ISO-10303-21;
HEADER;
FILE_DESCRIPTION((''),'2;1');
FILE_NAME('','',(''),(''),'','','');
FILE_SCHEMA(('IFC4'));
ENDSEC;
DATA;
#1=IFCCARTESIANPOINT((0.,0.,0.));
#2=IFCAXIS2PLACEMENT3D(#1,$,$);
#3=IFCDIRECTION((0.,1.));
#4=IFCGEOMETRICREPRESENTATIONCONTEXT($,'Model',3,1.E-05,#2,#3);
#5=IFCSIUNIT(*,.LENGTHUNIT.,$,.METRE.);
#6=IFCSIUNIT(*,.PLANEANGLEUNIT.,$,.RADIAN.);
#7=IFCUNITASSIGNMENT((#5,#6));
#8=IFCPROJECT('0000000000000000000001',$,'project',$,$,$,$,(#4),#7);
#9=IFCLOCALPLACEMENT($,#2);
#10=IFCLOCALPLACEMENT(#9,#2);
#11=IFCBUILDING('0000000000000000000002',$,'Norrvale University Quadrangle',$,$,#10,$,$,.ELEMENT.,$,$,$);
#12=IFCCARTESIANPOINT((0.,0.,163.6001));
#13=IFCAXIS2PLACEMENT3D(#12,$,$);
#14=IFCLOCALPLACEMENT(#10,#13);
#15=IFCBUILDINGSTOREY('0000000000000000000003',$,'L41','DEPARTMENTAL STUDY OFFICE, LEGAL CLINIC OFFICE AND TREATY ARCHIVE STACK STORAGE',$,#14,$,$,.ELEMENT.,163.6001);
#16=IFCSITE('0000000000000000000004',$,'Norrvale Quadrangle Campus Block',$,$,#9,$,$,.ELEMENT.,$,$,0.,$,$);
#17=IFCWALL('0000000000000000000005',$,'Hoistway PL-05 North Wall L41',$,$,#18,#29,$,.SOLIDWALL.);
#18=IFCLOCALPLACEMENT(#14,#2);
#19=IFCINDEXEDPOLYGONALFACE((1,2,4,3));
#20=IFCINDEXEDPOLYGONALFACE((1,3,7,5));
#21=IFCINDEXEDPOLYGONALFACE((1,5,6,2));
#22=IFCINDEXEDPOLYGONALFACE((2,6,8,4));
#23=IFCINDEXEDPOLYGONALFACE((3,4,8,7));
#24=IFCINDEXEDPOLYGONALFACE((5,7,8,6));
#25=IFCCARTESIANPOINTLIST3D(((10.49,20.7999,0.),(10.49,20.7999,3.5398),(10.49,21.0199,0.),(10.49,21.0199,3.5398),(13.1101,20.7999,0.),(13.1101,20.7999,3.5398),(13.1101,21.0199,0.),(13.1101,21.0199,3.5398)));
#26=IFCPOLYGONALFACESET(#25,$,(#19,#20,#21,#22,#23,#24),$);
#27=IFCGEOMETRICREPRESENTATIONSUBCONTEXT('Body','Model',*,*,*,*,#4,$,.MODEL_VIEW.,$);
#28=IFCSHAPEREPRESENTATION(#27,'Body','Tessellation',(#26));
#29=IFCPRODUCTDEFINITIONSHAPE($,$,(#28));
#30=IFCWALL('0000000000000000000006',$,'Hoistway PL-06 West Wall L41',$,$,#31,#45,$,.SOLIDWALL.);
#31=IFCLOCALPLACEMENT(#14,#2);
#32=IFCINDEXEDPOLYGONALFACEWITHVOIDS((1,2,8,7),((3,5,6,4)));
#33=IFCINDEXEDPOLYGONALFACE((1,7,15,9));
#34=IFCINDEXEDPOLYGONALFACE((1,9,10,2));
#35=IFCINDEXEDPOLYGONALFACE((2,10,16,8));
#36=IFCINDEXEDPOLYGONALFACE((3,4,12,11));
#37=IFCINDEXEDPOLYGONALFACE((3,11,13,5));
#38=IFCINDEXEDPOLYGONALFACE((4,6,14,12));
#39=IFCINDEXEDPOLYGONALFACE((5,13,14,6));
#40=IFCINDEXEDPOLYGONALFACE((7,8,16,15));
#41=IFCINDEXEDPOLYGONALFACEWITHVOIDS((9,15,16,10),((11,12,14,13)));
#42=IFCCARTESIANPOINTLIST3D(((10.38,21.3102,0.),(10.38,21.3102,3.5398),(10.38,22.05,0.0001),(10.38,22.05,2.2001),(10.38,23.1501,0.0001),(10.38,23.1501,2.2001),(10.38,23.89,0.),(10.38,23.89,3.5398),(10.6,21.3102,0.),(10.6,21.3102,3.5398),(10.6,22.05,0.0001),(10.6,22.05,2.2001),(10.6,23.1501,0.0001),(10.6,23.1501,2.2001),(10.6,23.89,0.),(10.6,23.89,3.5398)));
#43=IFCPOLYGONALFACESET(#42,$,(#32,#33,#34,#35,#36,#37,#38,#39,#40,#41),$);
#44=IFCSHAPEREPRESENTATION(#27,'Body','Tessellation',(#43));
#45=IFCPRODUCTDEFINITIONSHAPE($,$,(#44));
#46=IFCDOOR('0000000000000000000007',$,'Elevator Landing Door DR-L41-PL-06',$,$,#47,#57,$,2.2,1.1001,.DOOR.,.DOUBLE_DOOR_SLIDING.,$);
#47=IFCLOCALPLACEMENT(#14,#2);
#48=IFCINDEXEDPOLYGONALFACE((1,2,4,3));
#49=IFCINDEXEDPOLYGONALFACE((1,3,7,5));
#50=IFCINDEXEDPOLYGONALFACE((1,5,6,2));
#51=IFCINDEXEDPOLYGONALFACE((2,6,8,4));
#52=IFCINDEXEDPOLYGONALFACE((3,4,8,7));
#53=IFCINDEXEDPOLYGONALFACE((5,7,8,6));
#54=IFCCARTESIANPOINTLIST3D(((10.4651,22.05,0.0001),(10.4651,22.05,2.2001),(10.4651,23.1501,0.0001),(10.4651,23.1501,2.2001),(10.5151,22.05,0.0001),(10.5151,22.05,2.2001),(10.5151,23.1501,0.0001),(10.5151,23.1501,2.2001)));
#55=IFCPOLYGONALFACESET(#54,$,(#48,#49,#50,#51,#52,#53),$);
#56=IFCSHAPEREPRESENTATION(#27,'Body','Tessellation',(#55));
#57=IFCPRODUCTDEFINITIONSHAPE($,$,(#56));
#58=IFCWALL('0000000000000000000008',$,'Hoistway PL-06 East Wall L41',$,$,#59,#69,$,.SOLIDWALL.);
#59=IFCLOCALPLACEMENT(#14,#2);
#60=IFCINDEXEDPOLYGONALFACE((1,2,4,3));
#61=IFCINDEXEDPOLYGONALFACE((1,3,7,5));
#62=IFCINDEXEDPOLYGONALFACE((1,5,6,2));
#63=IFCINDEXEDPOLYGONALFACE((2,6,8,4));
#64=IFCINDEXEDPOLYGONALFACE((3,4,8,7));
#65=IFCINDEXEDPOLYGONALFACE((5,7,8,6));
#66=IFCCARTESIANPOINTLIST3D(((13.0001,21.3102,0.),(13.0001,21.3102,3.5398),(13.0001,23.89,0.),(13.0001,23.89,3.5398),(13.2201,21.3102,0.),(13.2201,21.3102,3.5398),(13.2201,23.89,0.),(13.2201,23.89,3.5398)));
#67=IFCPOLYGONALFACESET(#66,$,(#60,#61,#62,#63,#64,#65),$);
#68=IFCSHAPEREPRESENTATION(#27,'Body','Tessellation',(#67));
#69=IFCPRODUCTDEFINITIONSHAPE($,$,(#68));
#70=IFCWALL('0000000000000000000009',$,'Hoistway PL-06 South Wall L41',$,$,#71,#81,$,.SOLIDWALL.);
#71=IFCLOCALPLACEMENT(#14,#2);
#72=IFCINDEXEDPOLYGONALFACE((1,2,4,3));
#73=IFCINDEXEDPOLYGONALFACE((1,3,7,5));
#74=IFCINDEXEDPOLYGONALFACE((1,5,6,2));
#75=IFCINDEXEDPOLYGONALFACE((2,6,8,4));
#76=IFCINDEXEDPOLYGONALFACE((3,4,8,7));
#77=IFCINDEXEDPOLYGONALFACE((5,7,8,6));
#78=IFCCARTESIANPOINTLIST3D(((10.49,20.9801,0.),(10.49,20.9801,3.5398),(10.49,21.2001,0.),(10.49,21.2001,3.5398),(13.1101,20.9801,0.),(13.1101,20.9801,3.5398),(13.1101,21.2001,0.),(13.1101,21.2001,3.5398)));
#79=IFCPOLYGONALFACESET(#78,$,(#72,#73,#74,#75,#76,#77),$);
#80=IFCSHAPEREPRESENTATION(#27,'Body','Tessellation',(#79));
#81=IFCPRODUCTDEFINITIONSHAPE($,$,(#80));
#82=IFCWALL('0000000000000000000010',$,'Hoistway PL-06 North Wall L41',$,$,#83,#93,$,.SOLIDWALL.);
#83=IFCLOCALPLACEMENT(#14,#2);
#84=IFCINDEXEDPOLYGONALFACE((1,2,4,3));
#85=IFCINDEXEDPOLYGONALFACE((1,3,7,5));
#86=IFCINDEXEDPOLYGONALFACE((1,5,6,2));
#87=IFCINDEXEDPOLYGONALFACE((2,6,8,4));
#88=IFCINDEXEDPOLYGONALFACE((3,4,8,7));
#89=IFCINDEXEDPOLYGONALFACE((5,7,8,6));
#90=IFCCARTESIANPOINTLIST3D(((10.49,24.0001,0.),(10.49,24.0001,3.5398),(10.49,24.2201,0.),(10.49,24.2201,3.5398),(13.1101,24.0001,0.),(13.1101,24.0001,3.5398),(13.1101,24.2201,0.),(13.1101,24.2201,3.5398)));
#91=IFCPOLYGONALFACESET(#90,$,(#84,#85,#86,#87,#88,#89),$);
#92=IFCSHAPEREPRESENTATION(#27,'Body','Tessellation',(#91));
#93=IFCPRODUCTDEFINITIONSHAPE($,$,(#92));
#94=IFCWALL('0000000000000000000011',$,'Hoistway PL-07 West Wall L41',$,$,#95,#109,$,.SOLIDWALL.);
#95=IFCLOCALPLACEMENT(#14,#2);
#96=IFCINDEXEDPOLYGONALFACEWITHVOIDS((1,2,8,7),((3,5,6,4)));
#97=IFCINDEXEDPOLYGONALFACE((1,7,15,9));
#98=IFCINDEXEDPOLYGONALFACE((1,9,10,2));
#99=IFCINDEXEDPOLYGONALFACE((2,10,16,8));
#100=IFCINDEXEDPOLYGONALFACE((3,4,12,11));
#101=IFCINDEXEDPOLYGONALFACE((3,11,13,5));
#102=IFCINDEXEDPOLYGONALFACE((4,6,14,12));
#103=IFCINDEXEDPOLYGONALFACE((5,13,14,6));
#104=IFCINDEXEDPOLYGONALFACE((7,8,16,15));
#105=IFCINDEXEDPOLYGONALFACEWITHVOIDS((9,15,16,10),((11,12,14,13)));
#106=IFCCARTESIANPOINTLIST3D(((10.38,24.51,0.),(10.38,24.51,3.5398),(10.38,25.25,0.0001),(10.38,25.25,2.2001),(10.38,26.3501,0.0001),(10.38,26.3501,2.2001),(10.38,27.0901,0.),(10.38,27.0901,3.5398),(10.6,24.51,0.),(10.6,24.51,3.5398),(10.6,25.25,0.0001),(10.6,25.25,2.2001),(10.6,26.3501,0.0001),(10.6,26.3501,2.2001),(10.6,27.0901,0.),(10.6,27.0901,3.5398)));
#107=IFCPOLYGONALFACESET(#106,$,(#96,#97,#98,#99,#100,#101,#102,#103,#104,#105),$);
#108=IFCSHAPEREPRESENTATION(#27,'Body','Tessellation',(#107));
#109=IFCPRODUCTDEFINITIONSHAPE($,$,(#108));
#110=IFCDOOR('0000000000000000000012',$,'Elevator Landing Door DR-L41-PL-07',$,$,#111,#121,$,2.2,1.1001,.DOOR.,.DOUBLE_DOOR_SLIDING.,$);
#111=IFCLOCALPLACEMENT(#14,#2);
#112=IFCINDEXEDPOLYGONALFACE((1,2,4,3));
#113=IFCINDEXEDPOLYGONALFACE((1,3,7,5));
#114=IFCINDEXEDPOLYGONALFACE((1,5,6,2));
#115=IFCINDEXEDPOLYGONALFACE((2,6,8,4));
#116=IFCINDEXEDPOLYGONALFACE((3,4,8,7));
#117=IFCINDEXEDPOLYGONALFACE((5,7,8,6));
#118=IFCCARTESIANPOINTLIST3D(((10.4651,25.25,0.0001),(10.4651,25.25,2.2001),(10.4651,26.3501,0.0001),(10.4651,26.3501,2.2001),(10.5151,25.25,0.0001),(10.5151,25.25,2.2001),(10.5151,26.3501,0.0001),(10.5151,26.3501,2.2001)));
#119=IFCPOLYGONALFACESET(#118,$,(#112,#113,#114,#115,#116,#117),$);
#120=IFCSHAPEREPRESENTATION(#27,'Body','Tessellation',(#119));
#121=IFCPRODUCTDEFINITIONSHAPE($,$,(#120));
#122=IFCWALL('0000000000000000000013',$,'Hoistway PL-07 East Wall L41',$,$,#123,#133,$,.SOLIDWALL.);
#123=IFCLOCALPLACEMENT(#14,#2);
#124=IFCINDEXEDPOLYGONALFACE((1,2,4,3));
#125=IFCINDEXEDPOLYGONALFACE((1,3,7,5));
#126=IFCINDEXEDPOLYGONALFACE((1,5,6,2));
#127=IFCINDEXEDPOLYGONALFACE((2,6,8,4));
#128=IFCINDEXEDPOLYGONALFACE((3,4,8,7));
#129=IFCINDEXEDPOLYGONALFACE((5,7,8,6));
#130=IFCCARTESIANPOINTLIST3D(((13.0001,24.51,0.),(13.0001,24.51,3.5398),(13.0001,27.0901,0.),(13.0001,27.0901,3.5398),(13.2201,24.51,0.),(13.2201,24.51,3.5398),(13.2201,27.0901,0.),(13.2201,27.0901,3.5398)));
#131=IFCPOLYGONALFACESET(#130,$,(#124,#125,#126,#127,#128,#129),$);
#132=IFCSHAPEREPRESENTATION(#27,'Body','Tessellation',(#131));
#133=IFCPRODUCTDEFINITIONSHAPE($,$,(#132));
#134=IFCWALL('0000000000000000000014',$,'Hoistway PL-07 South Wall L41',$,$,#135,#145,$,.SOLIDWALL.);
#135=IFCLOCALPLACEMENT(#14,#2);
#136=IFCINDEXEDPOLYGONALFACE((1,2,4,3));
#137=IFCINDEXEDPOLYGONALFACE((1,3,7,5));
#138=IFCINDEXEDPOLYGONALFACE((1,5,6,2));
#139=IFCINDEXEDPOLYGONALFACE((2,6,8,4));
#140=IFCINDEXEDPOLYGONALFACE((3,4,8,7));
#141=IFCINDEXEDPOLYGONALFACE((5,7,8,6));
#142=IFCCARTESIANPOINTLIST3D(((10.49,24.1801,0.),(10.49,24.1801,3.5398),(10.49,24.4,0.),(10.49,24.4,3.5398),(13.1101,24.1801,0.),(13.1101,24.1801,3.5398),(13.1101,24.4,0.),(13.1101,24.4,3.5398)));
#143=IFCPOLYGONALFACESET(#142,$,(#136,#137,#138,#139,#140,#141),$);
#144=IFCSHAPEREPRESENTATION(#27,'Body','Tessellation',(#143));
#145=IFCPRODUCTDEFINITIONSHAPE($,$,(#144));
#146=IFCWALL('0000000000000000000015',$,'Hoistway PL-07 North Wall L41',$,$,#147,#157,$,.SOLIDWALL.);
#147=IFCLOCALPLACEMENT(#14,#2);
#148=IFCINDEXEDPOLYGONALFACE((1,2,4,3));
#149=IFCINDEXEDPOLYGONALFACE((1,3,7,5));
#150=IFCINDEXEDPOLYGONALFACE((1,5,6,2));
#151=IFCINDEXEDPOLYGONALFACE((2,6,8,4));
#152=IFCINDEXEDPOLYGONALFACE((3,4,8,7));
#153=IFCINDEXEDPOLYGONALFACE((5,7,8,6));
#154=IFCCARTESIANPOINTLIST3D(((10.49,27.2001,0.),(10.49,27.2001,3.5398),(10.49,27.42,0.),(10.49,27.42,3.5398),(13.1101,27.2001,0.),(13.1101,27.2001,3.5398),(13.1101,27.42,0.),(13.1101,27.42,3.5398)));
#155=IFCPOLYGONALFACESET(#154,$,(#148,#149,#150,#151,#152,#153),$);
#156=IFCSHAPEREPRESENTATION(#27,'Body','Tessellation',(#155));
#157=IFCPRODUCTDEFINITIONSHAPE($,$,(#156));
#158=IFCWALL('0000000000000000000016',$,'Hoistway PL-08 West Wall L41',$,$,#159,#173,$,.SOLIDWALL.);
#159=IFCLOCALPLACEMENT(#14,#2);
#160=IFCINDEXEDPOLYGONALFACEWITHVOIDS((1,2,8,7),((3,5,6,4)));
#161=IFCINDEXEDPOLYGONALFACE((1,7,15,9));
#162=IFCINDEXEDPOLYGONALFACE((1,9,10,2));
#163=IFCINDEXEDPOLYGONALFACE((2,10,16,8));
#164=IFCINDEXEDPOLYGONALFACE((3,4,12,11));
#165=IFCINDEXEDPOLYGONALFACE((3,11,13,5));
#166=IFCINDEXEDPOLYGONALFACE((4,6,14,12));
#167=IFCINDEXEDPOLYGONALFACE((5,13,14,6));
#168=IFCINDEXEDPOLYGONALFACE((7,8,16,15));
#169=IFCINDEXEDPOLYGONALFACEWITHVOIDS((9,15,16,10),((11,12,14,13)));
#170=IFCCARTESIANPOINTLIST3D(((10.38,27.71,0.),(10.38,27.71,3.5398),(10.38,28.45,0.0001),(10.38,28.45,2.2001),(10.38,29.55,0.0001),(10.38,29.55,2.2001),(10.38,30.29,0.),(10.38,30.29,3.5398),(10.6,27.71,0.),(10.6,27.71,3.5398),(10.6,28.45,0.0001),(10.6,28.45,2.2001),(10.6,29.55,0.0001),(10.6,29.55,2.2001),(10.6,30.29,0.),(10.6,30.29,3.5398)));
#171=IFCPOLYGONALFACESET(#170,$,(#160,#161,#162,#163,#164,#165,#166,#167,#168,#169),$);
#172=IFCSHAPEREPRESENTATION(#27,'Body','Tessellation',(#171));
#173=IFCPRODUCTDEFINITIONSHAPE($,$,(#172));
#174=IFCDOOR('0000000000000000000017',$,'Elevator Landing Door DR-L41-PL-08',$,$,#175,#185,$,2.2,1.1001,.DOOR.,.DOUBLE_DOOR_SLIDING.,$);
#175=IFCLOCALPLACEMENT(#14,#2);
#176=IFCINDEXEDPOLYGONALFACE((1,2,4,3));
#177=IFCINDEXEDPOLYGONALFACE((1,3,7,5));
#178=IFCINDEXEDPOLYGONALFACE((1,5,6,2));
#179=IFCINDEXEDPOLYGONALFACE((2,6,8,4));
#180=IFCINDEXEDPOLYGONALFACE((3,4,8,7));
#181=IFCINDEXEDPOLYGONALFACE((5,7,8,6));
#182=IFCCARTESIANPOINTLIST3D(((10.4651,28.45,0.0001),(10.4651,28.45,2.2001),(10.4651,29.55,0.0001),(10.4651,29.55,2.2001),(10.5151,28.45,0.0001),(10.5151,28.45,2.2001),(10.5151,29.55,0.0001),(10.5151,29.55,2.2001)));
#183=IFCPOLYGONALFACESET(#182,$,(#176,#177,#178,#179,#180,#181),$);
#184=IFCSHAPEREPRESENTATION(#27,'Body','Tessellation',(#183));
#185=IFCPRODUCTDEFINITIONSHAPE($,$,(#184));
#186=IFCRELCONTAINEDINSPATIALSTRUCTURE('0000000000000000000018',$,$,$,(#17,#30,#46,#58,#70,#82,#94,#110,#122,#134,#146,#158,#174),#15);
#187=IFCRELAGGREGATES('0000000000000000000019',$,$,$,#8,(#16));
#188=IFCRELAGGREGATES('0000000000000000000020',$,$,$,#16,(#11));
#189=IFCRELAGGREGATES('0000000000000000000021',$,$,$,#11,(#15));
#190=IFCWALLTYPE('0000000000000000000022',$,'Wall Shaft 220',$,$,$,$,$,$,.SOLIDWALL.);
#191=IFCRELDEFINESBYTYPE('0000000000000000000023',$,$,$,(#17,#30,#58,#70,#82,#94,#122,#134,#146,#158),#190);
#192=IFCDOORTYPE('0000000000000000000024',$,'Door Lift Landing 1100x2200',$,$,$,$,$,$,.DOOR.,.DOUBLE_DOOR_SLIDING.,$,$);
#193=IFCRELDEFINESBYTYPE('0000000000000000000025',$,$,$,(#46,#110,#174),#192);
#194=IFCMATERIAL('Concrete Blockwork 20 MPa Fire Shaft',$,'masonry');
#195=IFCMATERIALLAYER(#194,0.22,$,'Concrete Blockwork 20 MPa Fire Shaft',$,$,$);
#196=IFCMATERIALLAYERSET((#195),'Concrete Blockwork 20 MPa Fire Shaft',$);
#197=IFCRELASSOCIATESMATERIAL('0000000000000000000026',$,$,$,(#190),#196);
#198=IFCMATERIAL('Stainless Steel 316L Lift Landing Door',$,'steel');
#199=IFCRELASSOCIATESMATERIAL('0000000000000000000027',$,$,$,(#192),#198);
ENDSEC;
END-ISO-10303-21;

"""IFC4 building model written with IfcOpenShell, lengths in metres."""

from ifc_helpers import new_model, si_unit, direction, frame, frame_2d, origin, place, context, subcontext, project, spatial, rectangle, extrude, material, layer, layer_set, type_object, element, fill, save


model = new_model("IFC4")

# Units and contexts
model_context = context("Model", 3, precision=1e-05, world=origin(), true_north=direction((0.0, 1.0)))
body_context = subcontext(model_context, "Body", "Model", "MODEL_VIEW")
ifc_project = project(units=[si_unit("LENGTHUNIT", "METRE"), si_unit("PLANEANGLEUNIT", "RADIAN")], contexts=[model_context])

# Site, building, storey
site_placement = place(None, origin())
site = spatial("IfcSite", under=ifc_project, at=site_placement, Name="Norrvale Quadrangle Campus Block", CompositionType="ELEMENT", RefElevation=0.0)
building_placement = place(site_placement, origin())
building = spatial("IfcBuilding", under=site, at=building_placement, Name="Norrvale University Quadrangle", CompositionType="ELEMENT")
storey_placement = place(building_placement, frame((0.0, 0.0, 163.6001)))
storey = spatial("IfcBuildingStorey", under=building, at=storey_placement, Name="L41", Description="DEPARTMENTAL STUDY OFFICE, LEGAL CLINIC OFFICE AND TREATY ARCHIVE STACK STORAGE", CompositionType="ELEMENT", Elevation=163.6001)

# Wall
ifc_material_1 = material(Name="Concrete Blockwork 20 MPa Fire Shaft", Category="masonry")
ifc_layer_1 = layer(ifc_material_1, 0.22, Name="Concrete Blockwork 20 MPa Fire Shaft")
ifc_layer_set_1 = layer_set([ifc_layer_1], Name="Concrete Blockwork 20 MPa Fire Shaft")
wall_type_1 = type_object("IfcWallType", Name="Wall Shaft 220", PredefinedType="SOLIDWALL", material=ifc_layer_set_1)
wall_1_placement = place(storey_placement, frame((10.49, 20.9099, 0.0), z_axis=(0.0, 0.0, 1.0), x_axis=(1.0, 0.0, 0.0)))
element("IfcWall", 1, at=wall_1_placement, inside=storey, type_object=wall_type_1, Name="Hoistway PL-05 North Wall L41", PredefinedType="SOLIDWALL", context=body_context, shape_type="SweptSolid", body=[
    extrude(rectangle(XDim=2.6201, YDim=0.22, at=frame_2d((1.3101, 0.0))), origin(), (0.0, 0.0, 1.0), 3.5398),
])

# Wall, opening, door
wall_2_placement = place(storey_placement, frame((10.49, 21.3101, 0.0), z_axis=(0.0, 0.0, 1.0), x_axis=(0.0, 1.0, 0.0)))
wall_2 = element("IfcWall", 2, at=wall_2_placement, inside=storey, type_object=wall_type_1, Name="Hoistway PL-06 West Wall L41", PredefinedType="SOLIDWALL", context=body_context, shape_type="SweptSolid", body=[
    extrude(rectangle(XDim=2.5798, YDim=0.22, at=frame_2d((1.29, 0.0))), origin(), (0.0, 0.0, 1.0), 3.5398),
])
opening_1_placement = place(wall_2_placement, frame((0.74, 0.0, 0.0)))
opening_1 = element("IfcOpeningElement", 3, at=opening_1_placement, cuts=wall_2, PredefinedType="OPENING", context=body_context, shape_type="SweptSolid", body=[
    extrude(rectangle(XDim=1.1001, YDim=2.2, at=frame_2d((0.55, 1.1001))), frame((0.0, 0.1221, 0.0), z_axis=(0.0, -1.0, 0.0), x_axis=(1.0, 0.0, 0.0)), (0.0, 0.0, 1.0), 0.2439),
])
ifc_material_2 = material(Name="Stainless Steel 316L Lift Landing Door", Category="steel")
door_type_1 = type_object("IfcDoorType", Name="Door Lift Landing 1100x2200", OperationType="DOUBLE_DOOR_SLIDING", PredefinedType="DOOR", material=ifc_material_2)
door_1_placement = place(opening_1_placement, origin())
door_1 = element("IfcDoor", 4, at=door_1_placement, inside=storey, type_object=door_type_1, Name="Elevator Landing Door DR-L41-PL-06", OperationType="DOUBLE_DOOR_SLIDING", OverallHeight=2.2, OverallWidth=1.1001, PredefinedType="DOOR", context=body_context, shape_type="SweptSolid", body=[
    extrude(rectangle(XDim=1.1001, YDim=2.2, at=frame_2d((0.55, 1.1001))), frame((0.0, 0.0249, 0.0), z_axis=(0.0, -1.0, 0.0), x_axis=(1.0, 0.0, 0.0)), (0.0, 0.0, 1.0), 0.05),
])
fill(opening_1, door_1)

# Walls
wall_3_placement = place(storey_placement, frame((13.1101, 21.3101, 0.0), z_axis=(0.0, 0.0, 1.0), x_axis=(0.0, 1.0, 0.0)))
element("IfcWall", 5, at=wall_3_placement, inside=storey, type_object=wall_type_1, Name="Hoistway PL-06 East Wall L41", PredefinedType="SOLIDWALL", context=body_context, shape_type="SweptSolid", body=[
    extrude(rectangle(XDim=2.5798, YDim=0.22, at=frame_2d((1.29, 0.0))), origin(), (0.0, 0.0, 1.0), 3.5398),
])
for number, where, z_axis, x_axis, name in (
    (6, (10.49, 21.0901, 0.0), (0.0, 0.0, 1.0), (1.0, 0.0, 0.0), "Hoistway PL-06 South Wall L41"),
    (7, (10.49, 24.1101, 0.0), (0.0, 0.0, 1.0), (1.0, 0.0, 0.0), "Hoistway PL-06 North Wall L41"),
):
    element("IfcWall", number, at=place(storey_placement, frame(where, z_axis=z_axis, x_axis=x_axis)), inside=storey, type_object=wall_type_1, Name=name, PredefinedType="SOLIDWALL", context=body_context, shape_type="SweptSolid", body=[
        extrude(rectangle(XDim=2.6201, YDim=0.22, at=frame_2d((1.3101, 0.0))), origin(), (0.0, 0.0, 1.0), 3.5398),
    ])

# Wall, opening, door
wall_4_placement = place(storey_placement, frame((10.49, 24.51, 0.0), z_axis=(0.0, 0.0, 1.0), x_axis=(0.0, 1.0, 0.0)))
wall_4 = element("IfcWall", 8, at=wall_4_placement, inside=storey, type_object=wall_type_1, Name="Hoistway PL-07 West Wall L41", PredefinedType="SOLIDWALL", context=body_context, shape_type="SweptSolid", body=[
    extrude(rectangle(XDim=2.5801, YDim=0.22, at=frame_2d((1.29, 0.0))), origin(), (0.0, 0.0, 1.0), 3.5398),
])
opening_2_placement = place(wall_4_placement, frame((0.74, 0.0, 0.0)))
opening_2 = element("IfcOpeningElement", 9, at=opening_2_placement, cuts=wall_4, PredefinedType="OPENING", context=body_context, shape_type="SweptSolid", body=[
    extrude(rectangle(XDim=1.1001, YDim=2.2, at=frame_2d((0.55, 1.1001))), frame((0.0, 0.1221, 0.0), z_axis=(0.0, -1.0, 0.0), x_axis=(1.0, 0.0, 0.0)), (0.0, 0.0, 1.0), 0.2439),
])
door_2_placement = place(opening_2_placement, origin())
door_2 = element("IfcDoor", 10, at=door_2_placement, inside=storey, type_object=door_type_1, Name="Elevator Landing Door DR-L41-PL-07", OperationType="DOUBLE_DOOR_SLIDING", OverallHeight=2.2, OverallWidth=1.1001, PredefinedType="DOOR", context=body_context, shape_type="SweptSolid", body=[
    extrude(rectangle(XDim=1.1001, YDim=2.2, at=frame_2d((0.55, 1.1001))), frame((0.0, 0.0249, 0.0), z_axis=(0.0, -1.0, 0.0), x_axis=(1.0, 0.0, 0.0)), (0.0, 0.0, 1.0), 0.05),
])
fill(opening_2, door_2)

# Walls
wall_5_placement = place(storey_placement, frame((13.1101, 24.51, 0.0), z_axis=(0.0, 0.0, 1.0), x_axis=(0.0, 1.0, 0.0)))
element("IfcWall", 11, at=wall_5_placement, inside=storey, type_object=wall_type_1, Name="Hoistway PL-07 East Wall L41", PredefinedType="SOLIDWALL", context=body_context, shape_type="SweptSolid", body=[
    extrude(rectangle(XDim=2.5801, YDim=0.22, at=frame_2d((1.29, 0.0))), origin(), (0.0, 0.0, 1.0), 3.5398),
])
for number, where, z_axis, x_axis, name in (
    (12, (10.49, 24.29, 0.0), (0.0, 0.0, 1.0), (1.0, 0.0, 0.0), "Hoistway PL-07 South Wall L41"),
    (13, (10.49, 27.3101, 0.0), (0.0, 0.0, 1.0), (1.0, 0.0, 0.0), "Hoistway PL-07 North Wall L41"),
):
    element("IfcWall", number, at=place(storey_placement, frame(where, z_axis=z_axis, x_axis=x_axis)), inside=storey, type_object=wall_type_1, Name=name, PredefinedType="SOLIDWALL", context=body_context, shape_type="SweptSolid", body=[
        extrude(rectangle(XDim=2.6201, YDim=0.22, at=frame_2d((1.3101, 0.0))), origin(), (0.0, 0.0, 1.0), 3.5398),
    ])

# Wall, opening, door
wall_6_placement = place(storey_placement, frame((10.49, 27.71, 0.0), z_axis=(0.0, 0.0, 1.0), x_axis=(0.0, 1.0, 0.0)))
wall_6 = element("IfcWall", 14, at=wall_6_placement, inside=storey, type_object=wall_type_1, Name="Hoistway PL-08 West Wall L41", PredefinedType="SOLIDWALL", context=body_context, shape_type="SweptSolid", body=[
    extrude(rectangle(XDim=2.5801, YDim=0.22, at=frame_2d((1.29, 0.0))), origin(), (0.0, 0.0, 1.0), 3.5398),
])
opening_3_placement = place(wall_6_placement, frame((0.74, 0.0, 0.0)))
opening_3 = element("IfcOpeningElement", 15, at=opening_3_placement, cuts=wall_6, PredefinedType="OPENING", context=body_context, shape_type="SweptSolid", body=[
    extrude(rectangle(XDim=1.1001, YDim=2.2, at=frame_2d((0.55, 1.1001))), frame((0.0, 0.1221, 0.0), z_axis=(0.0, -1.0, 0.0), x_axis=(1.0, 0.0, 0.0)), (0.0, 0.0, 1.0), 0.2439),
])
door_3_placement = place(opening_3_placement, origin())
door_3 = element("IfcDoor", 16, at=door_3_placement, inside=storey, type_object=door_type_1, Name="Elevator Landing Door DR-L41-PL-08", OperationType="DOUBLE_DOOR_SLIDING", OverallHeight=2.2, OverallWidth=1.1001, PredefinedType="DOOR", context=body_context, shape_type="SweptSolid", body=[
    extrude(rectangle(XDim=1.1001, YDim=2.2, at=frame_2d((0.55, 1.1001))), frame((0.0, 0.0249, 0.0), z_axis=(0.0, -1.0, 0.0), x_axis=(1.0, 0.0, 0.0)), (0.0, 0.0, 1.0), 0.05),
])
fill(opening_3, door_3)

save(model, "model.ifc")
